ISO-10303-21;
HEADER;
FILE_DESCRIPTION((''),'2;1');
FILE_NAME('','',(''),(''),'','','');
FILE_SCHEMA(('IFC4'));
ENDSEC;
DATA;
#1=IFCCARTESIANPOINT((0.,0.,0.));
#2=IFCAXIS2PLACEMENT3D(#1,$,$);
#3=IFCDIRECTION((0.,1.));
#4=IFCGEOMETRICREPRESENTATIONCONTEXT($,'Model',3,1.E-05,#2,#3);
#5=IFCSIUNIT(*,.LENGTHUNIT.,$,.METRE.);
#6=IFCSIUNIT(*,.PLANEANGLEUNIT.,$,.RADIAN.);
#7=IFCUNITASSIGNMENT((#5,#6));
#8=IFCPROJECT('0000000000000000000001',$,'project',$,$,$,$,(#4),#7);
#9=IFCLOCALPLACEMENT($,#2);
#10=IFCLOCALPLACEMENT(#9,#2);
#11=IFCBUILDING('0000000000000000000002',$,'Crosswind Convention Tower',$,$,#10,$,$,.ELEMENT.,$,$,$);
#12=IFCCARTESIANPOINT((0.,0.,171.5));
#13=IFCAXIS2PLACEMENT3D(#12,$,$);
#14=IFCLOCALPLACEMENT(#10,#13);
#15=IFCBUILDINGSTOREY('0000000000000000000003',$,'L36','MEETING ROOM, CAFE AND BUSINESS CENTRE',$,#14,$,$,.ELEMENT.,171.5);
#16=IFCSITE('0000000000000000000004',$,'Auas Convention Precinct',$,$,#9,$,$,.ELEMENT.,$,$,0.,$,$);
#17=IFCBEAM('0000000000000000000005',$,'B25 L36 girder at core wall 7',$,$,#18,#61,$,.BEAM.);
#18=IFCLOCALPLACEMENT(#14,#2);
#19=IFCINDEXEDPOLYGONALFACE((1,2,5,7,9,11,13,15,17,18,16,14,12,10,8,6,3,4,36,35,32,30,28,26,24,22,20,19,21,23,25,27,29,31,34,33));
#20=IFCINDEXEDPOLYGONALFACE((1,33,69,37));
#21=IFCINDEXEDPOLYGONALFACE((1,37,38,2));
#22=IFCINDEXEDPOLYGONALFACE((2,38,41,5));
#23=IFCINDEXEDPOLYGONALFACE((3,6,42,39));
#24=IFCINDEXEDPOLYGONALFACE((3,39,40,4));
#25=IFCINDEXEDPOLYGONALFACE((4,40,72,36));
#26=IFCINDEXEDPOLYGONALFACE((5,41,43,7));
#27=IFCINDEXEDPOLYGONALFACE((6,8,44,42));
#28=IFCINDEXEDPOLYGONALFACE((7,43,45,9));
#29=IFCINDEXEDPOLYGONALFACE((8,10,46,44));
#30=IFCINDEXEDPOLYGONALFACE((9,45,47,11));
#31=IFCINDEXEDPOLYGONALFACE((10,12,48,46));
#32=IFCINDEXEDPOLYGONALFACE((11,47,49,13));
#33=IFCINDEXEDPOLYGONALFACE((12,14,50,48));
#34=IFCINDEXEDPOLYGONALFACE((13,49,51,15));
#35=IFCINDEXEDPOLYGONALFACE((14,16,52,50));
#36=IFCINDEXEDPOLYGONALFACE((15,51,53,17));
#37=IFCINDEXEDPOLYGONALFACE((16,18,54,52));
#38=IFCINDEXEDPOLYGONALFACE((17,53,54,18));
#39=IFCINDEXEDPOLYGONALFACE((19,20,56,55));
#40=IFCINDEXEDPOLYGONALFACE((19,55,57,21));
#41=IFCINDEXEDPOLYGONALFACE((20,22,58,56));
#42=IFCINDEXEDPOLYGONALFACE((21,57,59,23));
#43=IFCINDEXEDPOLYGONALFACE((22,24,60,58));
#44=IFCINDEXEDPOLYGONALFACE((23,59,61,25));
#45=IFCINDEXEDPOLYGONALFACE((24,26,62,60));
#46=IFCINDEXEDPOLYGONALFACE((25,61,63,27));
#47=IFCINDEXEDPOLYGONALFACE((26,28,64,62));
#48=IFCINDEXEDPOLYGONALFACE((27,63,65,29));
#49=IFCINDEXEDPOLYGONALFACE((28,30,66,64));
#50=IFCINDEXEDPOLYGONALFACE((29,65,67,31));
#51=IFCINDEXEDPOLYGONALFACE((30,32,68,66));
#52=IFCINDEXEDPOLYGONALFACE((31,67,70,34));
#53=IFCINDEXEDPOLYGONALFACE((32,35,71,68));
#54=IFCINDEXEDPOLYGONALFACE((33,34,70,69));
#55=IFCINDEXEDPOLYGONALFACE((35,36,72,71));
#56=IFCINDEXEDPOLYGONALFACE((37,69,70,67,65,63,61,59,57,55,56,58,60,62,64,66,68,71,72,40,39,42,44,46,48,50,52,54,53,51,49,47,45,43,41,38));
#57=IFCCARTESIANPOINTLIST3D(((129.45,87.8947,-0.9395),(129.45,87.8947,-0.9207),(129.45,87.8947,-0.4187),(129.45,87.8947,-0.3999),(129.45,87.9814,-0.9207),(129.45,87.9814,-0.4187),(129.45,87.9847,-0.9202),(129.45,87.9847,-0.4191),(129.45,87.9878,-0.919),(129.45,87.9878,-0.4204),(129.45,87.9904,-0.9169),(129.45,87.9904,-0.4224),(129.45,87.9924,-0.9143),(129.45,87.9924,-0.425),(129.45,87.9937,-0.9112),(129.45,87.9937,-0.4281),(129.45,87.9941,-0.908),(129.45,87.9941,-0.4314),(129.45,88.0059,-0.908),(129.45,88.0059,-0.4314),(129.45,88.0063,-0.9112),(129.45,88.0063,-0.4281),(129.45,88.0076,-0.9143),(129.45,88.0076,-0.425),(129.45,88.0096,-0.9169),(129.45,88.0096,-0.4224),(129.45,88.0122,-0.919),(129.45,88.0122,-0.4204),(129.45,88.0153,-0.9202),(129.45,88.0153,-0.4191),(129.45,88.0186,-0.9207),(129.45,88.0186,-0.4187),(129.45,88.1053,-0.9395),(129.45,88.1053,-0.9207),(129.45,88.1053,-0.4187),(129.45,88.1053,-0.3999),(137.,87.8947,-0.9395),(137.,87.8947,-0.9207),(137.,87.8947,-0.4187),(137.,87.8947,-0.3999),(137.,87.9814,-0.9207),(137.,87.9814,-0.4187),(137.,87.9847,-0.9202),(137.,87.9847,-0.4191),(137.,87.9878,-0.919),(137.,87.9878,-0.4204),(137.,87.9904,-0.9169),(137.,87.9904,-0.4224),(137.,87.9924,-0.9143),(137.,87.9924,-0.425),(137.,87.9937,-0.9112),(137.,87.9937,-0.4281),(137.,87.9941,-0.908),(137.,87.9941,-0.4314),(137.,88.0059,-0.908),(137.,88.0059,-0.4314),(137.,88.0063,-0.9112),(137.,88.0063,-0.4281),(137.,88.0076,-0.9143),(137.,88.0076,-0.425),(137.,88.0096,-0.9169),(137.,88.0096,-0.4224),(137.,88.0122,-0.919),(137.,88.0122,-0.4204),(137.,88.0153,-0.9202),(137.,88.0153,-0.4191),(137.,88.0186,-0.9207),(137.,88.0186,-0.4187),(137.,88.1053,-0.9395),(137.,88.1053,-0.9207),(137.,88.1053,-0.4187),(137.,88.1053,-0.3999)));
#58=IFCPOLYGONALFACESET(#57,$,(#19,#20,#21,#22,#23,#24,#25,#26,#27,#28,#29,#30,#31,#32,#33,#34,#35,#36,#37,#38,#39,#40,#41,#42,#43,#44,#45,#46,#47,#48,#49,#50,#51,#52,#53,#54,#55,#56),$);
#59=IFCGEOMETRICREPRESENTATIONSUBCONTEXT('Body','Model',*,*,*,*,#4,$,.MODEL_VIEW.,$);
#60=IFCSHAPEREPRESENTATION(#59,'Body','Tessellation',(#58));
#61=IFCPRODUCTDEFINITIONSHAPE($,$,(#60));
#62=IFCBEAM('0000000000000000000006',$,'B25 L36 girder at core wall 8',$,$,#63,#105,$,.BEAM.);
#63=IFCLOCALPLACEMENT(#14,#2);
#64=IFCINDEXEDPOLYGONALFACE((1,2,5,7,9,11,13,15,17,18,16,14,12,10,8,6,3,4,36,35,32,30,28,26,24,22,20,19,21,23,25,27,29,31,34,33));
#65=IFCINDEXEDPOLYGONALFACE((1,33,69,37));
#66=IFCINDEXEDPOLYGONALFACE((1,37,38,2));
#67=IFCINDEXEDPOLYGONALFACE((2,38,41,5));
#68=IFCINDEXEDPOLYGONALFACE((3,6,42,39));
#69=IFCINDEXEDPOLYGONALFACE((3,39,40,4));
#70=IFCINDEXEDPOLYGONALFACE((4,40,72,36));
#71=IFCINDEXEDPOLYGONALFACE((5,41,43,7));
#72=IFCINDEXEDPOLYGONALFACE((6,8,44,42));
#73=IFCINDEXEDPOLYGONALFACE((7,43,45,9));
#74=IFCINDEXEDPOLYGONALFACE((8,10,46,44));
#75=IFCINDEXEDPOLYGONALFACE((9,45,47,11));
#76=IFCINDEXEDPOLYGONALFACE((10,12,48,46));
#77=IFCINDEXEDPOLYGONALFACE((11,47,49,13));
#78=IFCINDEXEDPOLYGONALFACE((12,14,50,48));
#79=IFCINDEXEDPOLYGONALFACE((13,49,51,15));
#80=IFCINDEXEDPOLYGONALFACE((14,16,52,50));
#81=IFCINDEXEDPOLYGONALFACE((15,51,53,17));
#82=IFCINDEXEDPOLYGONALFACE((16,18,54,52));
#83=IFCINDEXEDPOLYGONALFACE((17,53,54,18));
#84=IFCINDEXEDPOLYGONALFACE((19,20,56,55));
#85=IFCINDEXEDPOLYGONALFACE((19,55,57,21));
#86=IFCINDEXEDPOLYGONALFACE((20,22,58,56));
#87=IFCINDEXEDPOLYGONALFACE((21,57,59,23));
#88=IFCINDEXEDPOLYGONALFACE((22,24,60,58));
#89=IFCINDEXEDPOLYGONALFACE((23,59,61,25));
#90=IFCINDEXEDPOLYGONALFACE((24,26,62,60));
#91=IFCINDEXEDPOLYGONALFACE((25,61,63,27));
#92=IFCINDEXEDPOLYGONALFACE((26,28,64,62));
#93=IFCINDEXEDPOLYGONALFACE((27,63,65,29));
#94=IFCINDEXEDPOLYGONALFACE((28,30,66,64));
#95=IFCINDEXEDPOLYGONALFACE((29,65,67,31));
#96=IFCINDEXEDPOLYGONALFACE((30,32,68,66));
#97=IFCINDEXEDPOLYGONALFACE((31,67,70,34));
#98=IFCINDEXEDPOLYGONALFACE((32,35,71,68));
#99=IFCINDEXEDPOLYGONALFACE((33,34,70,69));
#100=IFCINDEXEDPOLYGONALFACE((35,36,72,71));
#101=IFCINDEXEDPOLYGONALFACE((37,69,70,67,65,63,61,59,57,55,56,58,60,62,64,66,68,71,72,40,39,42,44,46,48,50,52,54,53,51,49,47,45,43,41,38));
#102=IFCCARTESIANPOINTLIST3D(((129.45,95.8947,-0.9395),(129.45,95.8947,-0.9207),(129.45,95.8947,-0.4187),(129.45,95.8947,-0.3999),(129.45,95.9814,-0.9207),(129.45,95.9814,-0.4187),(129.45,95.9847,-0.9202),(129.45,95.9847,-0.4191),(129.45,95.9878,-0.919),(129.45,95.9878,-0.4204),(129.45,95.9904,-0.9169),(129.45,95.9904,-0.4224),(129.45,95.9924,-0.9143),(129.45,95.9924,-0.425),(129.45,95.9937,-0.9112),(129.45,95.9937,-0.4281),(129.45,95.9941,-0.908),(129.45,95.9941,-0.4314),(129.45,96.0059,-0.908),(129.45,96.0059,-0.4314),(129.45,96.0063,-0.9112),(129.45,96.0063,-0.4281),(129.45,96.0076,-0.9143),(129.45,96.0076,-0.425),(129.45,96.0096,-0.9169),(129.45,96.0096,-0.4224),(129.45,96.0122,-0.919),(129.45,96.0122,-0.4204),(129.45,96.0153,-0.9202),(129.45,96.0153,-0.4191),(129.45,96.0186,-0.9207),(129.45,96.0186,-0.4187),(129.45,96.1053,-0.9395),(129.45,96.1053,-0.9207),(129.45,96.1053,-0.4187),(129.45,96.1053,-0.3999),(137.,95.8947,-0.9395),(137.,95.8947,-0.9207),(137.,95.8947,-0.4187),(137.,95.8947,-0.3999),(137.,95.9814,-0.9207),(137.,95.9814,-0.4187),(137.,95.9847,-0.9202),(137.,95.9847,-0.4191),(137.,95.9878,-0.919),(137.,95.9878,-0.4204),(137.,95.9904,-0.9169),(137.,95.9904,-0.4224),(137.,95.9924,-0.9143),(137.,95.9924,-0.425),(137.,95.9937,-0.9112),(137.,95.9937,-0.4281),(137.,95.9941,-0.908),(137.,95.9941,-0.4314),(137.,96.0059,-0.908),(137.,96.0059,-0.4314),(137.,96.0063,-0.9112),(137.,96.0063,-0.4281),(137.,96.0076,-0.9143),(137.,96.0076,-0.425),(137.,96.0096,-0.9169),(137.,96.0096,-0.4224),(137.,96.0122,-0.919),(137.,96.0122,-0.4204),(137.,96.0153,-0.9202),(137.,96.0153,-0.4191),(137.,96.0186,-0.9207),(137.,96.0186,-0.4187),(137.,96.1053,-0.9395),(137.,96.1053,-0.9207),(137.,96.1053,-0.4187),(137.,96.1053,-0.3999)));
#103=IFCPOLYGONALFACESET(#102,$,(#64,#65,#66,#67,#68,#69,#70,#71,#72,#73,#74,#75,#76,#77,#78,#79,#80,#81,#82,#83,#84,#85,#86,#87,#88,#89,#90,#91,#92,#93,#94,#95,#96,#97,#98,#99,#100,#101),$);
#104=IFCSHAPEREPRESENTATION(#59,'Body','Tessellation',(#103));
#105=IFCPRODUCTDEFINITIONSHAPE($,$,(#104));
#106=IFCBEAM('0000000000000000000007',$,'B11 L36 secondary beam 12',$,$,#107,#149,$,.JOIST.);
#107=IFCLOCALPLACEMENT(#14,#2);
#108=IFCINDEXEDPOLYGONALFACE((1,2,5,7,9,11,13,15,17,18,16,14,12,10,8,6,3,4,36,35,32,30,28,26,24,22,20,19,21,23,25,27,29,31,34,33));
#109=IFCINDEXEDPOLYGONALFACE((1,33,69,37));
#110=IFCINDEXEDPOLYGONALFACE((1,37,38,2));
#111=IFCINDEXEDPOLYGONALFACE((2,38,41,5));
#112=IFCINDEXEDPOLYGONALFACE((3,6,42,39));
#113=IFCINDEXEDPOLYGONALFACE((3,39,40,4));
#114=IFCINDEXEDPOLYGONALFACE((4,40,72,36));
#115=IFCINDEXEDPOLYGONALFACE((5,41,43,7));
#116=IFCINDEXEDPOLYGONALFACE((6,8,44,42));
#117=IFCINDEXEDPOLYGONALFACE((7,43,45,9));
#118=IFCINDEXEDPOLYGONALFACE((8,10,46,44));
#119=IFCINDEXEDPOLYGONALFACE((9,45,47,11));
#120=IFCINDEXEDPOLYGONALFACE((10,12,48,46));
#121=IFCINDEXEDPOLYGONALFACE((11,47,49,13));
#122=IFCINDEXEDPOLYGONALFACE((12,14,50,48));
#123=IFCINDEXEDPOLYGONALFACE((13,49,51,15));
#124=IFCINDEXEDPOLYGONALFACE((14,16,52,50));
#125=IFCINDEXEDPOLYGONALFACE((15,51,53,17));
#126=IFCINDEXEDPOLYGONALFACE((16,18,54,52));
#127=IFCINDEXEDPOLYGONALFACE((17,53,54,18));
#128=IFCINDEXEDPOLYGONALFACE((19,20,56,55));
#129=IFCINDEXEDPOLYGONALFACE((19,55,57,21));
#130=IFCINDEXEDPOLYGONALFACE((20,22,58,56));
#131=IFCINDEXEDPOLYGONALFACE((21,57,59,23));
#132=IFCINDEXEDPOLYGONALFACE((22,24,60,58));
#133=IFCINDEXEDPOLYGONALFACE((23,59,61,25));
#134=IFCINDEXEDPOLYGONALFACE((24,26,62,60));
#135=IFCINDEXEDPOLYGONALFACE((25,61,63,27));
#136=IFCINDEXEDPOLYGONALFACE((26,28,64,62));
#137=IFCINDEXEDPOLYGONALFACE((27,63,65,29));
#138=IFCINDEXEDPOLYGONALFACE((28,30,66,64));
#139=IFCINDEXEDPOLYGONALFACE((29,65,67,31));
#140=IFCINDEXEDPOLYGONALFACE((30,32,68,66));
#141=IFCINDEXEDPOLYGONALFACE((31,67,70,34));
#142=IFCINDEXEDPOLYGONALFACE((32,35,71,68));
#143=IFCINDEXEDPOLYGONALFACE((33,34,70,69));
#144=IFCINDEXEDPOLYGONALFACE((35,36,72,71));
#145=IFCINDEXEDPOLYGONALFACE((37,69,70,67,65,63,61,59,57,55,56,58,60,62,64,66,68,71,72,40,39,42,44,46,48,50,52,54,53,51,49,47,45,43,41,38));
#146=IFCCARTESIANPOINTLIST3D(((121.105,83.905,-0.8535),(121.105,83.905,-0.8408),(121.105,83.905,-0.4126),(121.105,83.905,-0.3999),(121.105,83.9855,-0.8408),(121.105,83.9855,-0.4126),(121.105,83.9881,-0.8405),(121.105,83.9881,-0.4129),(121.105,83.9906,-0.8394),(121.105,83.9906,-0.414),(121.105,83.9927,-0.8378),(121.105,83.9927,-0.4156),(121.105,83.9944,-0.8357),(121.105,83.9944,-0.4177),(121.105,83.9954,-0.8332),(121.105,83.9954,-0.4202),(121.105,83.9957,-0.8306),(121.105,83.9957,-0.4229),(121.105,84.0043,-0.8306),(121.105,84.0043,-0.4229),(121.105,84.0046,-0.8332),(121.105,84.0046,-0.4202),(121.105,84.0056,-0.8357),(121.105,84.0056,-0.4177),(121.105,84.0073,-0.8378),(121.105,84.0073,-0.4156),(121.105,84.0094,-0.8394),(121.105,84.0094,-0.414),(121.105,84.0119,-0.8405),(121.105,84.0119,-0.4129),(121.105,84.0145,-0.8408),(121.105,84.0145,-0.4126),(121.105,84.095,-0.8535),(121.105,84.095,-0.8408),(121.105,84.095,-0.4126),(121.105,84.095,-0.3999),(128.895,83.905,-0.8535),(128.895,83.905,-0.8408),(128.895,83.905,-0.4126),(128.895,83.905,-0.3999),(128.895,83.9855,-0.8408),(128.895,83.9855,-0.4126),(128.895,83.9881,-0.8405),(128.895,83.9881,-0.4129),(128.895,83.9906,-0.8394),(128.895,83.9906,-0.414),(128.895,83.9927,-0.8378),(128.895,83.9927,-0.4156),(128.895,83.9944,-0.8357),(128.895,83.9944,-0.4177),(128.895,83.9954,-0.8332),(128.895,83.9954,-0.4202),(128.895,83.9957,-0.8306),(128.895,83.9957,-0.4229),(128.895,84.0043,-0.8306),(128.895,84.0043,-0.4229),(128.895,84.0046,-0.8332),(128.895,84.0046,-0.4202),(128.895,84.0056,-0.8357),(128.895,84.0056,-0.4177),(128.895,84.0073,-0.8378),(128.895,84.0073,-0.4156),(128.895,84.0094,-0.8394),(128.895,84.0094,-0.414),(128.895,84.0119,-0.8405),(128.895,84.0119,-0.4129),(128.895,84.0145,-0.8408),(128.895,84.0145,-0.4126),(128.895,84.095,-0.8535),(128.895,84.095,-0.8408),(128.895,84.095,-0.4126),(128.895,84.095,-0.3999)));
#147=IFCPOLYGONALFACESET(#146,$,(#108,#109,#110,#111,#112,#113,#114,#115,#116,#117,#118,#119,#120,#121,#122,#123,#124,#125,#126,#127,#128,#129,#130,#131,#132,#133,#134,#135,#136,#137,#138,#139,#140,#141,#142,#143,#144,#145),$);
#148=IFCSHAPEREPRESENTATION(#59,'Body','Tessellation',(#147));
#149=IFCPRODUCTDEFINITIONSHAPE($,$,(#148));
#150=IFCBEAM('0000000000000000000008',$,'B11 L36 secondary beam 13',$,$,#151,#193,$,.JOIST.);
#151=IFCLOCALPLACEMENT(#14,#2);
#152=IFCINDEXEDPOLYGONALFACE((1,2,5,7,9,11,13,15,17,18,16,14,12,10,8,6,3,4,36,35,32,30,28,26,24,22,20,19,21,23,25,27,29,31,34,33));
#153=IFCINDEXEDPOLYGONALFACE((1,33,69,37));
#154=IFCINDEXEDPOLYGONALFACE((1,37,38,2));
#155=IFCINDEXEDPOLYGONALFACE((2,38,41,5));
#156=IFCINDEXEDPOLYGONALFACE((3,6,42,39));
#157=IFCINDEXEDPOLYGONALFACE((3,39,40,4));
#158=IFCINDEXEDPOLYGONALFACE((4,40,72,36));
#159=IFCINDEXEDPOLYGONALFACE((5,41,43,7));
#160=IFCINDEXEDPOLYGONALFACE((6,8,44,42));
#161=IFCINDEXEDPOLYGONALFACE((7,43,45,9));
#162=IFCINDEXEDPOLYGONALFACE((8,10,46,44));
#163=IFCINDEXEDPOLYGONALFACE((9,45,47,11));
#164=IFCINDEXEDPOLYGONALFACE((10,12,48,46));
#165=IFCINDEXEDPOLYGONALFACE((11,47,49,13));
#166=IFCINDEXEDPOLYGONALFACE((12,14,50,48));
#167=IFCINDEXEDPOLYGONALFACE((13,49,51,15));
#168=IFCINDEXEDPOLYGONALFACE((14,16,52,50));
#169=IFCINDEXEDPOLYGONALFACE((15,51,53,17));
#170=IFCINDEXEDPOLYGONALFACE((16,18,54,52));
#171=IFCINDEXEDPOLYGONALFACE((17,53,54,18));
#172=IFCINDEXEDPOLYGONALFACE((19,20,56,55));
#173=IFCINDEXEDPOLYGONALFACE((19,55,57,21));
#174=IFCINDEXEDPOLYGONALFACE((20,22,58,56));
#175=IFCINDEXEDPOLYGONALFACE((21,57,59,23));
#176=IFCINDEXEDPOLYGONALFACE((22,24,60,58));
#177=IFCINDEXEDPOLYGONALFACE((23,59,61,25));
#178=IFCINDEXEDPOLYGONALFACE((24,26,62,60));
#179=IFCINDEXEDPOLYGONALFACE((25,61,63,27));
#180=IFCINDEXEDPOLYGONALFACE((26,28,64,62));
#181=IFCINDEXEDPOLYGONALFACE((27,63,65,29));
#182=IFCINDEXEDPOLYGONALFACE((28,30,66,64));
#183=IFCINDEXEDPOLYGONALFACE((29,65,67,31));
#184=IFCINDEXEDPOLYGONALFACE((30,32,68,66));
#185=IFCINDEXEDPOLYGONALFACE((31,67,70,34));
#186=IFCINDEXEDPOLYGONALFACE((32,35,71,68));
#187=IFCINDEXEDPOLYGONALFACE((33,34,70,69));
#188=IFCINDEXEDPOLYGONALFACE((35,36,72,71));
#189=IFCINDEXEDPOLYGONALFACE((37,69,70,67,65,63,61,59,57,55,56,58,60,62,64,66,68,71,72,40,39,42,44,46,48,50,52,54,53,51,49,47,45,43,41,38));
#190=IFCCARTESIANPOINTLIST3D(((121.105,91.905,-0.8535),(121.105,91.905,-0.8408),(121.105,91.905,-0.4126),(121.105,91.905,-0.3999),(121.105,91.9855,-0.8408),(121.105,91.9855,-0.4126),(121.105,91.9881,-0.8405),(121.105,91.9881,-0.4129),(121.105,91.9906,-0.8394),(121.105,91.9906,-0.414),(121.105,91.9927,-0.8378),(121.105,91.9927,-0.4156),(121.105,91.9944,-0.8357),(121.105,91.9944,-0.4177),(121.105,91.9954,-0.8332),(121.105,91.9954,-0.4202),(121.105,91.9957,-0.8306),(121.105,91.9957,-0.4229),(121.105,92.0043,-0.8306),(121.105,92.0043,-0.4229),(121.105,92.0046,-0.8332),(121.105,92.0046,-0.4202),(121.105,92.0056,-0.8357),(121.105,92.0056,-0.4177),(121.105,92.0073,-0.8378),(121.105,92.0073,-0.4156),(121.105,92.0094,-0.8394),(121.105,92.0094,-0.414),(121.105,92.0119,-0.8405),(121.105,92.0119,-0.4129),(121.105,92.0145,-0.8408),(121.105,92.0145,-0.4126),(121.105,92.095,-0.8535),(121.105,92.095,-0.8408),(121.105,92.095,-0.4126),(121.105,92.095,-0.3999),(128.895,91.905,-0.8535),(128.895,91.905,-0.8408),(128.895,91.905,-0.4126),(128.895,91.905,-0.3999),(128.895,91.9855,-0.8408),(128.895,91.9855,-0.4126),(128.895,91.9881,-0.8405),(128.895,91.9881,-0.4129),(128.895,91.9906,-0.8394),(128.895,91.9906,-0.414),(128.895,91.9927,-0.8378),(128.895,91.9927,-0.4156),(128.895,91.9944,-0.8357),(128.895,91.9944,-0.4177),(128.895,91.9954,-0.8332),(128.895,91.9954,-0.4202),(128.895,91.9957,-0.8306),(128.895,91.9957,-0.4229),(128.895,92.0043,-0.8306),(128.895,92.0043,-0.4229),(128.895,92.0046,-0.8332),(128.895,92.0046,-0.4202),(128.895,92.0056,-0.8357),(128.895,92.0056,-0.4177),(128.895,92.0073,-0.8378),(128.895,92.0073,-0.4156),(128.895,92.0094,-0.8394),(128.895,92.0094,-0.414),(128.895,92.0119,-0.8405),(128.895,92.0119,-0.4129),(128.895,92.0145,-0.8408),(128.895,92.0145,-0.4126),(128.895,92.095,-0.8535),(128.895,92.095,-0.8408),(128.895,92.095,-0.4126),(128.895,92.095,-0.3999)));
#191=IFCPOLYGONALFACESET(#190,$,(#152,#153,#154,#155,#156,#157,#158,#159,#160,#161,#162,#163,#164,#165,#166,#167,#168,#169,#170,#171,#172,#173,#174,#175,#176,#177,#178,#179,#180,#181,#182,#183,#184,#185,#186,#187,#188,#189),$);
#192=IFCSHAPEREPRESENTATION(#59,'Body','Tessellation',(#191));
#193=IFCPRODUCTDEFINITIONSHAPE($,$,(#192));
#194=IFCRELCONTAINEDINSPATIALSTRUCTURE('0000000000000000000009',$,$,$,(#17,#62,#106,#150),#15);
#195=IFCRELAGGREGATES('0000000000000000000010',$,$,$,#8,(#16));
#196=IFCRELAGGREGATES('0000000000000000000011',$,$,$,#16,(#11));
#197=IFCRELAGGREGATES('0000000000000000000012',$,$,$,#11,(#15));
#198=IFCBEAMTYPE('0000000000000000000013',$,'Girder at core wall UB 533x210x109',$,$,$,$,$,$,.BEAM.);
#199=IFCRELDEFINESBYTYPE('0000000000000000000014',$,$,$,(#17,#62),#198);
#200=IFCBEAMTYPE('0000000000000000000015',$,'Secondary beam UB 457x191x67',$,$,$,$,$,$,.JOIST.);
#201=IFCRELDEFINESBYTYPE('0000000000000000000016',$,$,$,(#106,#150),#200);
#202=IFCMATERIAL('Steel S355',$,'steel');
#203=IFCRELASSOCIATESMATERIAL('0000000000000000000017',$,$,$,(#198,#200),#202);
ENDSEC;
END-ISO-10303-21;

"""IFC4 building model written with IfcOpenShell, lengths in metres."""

from ifc_helpers import new_model, si_unit, direction, frame, origin, origin_2d, place, context, subcontext, project, spatial, i_section, extrude, material, material_profile, profile_set, type_object, element, save


model = new_model("IFC4")

# Units and contexts
model_context = context("Model", 3, precision=1e-05, world=origin(), true_north=direction((0.0, 1.0)))
body_context = subcontext(model_context, "Body", "Model", "MODEL_VIEW")
ifc_project = project(units=[si_unit("LENGTHUNIT", "METRE"), si_unit("PLANEANGLEUNIT", "RADIAN")], contexts=[model_context])

# Site, building, storey
site_placement = place(None, origin())
site = spatial("IfcSite", under=ifc_project, at=site_placement, Name="Auas Convention Precinct", CompositionType="ELEMENT", RefElevation=0.0)
building_placement = place(site_placement, origin())
building = spatial("IfcBuilding", under=site, at=building_placement, Name="Crosswind Convention Tower", CompositionType="ELEMENT")
storey_placement = place(building_placement, frame((0.0, 0.0, 171.5)))
storey = spatial("IfcBuildingStorey", under=building, at=storey_placement, Name="L36", Description="MEETING ROOM, CAFE AND BUSINESS CENTRE", CompositionType="ELEMENT", Elevation=171.5)

# Beams
ifc_material_1 = material(Name="Steel S355", Category="steel")
ifc_material_profile_1 = material_profile(ifc_material_1, i_section(OverallWidth=0.2107, OverallDepth=0.5396, WebThickness=0.0117, FlangeThickness=0.0188, FilletRadius=0.0127, at=origin_2d()), Name="UB 533x210x109")
ifc_profile_set_1 = profile_set([ifc_material_profile_1], Name="Steel S355")
beam_type_1 = type_object("IfcBeamType", Name="Girder at core wall UB 533x210x109", PredefinedType="BEAM", material=ifc_profile_set_1)
for number, where, z_axis, x_axis, name in (
    (1, (129.45, 88.0, -0.6697), (1.0, 0.0, 0.0), (0.0, 1.0, 0.0), "B25 L36 girder at core wall 7"),
    (2, (129.45, 96.0, -0.6697), (1.0, 0.0, 0.0), (0.0, 1.0, 0.0), "B25 L36 girder at core wall 8"),
):
    element("IfcBeam", number, at=place(storey_placement, frame(where, z_axis=z_axis, x_axis=x_axis)), inside=storey, type_object=beam_type_1, Name=name, PredefinedType="BEAM", context=body_context, shape_type="SweptSolid", body=[
        extrude(i_section(OverallWidth=0.2107, OverallDepth=0.5396, WebThickness=0.0117, FlangeThickness=0.0188, FilletRadius=0.0127, at=origin_2d()), origin(), (0.0, 0.0, 1.0), 7.55),
    ])
ifc_material_profile_2 = material_profile(ifc_material_1, i_section(OverallWidth=0.1899, OverallDepth=0.4536, WebThickness=0.0085, FlangeThickness=0.0127, FilletRadius=0.0103, at=origin_2d()), Name="UB 457x191x67")
ifc_profile_set_2 = profile_set([ifc_material_profile_2], Name="Steel S355")
beam_type_2 = type_object("IfcBeamType", Name="Secondary beam UB 457x191x67", PredefinedType="JOIST", material=ifc_profile_set_2)
for number, where, z_axis, x_axis, name in (
    (3, (121.105, 84.0, -0.6267), (1.0, 0.0, 0.0), (0.0, 1.0, 0.0), "B11 L36 secondary beam 12"),
    (4, (121.105, 92.0, -0.6267), (1.0, 0.0, 0.0), (0.0, 1.0, 0.0), "B11 L36 secondary beam 13"),
):
    element("IfcBeam", number, at=place(storey_placement, frame(where, z_axis=z_axis, x_axis=x_axis)), inside=storey, type_object=beam_type_2, Name=name, PredefinedType="JOIST", context=body_context, shape_type="SweptSolid", body=[
        extrude(i_section(OverallWidth=0.1899, OverallDepth=0.4536, WebThickness=0.0085, FlangeThickness=0.0127, FilletRadius=0.0103, at=origin_2d()), origin(), (0.0, 0.0, 1.0), 7.79),
    ])

save(model, "model.ifc")
